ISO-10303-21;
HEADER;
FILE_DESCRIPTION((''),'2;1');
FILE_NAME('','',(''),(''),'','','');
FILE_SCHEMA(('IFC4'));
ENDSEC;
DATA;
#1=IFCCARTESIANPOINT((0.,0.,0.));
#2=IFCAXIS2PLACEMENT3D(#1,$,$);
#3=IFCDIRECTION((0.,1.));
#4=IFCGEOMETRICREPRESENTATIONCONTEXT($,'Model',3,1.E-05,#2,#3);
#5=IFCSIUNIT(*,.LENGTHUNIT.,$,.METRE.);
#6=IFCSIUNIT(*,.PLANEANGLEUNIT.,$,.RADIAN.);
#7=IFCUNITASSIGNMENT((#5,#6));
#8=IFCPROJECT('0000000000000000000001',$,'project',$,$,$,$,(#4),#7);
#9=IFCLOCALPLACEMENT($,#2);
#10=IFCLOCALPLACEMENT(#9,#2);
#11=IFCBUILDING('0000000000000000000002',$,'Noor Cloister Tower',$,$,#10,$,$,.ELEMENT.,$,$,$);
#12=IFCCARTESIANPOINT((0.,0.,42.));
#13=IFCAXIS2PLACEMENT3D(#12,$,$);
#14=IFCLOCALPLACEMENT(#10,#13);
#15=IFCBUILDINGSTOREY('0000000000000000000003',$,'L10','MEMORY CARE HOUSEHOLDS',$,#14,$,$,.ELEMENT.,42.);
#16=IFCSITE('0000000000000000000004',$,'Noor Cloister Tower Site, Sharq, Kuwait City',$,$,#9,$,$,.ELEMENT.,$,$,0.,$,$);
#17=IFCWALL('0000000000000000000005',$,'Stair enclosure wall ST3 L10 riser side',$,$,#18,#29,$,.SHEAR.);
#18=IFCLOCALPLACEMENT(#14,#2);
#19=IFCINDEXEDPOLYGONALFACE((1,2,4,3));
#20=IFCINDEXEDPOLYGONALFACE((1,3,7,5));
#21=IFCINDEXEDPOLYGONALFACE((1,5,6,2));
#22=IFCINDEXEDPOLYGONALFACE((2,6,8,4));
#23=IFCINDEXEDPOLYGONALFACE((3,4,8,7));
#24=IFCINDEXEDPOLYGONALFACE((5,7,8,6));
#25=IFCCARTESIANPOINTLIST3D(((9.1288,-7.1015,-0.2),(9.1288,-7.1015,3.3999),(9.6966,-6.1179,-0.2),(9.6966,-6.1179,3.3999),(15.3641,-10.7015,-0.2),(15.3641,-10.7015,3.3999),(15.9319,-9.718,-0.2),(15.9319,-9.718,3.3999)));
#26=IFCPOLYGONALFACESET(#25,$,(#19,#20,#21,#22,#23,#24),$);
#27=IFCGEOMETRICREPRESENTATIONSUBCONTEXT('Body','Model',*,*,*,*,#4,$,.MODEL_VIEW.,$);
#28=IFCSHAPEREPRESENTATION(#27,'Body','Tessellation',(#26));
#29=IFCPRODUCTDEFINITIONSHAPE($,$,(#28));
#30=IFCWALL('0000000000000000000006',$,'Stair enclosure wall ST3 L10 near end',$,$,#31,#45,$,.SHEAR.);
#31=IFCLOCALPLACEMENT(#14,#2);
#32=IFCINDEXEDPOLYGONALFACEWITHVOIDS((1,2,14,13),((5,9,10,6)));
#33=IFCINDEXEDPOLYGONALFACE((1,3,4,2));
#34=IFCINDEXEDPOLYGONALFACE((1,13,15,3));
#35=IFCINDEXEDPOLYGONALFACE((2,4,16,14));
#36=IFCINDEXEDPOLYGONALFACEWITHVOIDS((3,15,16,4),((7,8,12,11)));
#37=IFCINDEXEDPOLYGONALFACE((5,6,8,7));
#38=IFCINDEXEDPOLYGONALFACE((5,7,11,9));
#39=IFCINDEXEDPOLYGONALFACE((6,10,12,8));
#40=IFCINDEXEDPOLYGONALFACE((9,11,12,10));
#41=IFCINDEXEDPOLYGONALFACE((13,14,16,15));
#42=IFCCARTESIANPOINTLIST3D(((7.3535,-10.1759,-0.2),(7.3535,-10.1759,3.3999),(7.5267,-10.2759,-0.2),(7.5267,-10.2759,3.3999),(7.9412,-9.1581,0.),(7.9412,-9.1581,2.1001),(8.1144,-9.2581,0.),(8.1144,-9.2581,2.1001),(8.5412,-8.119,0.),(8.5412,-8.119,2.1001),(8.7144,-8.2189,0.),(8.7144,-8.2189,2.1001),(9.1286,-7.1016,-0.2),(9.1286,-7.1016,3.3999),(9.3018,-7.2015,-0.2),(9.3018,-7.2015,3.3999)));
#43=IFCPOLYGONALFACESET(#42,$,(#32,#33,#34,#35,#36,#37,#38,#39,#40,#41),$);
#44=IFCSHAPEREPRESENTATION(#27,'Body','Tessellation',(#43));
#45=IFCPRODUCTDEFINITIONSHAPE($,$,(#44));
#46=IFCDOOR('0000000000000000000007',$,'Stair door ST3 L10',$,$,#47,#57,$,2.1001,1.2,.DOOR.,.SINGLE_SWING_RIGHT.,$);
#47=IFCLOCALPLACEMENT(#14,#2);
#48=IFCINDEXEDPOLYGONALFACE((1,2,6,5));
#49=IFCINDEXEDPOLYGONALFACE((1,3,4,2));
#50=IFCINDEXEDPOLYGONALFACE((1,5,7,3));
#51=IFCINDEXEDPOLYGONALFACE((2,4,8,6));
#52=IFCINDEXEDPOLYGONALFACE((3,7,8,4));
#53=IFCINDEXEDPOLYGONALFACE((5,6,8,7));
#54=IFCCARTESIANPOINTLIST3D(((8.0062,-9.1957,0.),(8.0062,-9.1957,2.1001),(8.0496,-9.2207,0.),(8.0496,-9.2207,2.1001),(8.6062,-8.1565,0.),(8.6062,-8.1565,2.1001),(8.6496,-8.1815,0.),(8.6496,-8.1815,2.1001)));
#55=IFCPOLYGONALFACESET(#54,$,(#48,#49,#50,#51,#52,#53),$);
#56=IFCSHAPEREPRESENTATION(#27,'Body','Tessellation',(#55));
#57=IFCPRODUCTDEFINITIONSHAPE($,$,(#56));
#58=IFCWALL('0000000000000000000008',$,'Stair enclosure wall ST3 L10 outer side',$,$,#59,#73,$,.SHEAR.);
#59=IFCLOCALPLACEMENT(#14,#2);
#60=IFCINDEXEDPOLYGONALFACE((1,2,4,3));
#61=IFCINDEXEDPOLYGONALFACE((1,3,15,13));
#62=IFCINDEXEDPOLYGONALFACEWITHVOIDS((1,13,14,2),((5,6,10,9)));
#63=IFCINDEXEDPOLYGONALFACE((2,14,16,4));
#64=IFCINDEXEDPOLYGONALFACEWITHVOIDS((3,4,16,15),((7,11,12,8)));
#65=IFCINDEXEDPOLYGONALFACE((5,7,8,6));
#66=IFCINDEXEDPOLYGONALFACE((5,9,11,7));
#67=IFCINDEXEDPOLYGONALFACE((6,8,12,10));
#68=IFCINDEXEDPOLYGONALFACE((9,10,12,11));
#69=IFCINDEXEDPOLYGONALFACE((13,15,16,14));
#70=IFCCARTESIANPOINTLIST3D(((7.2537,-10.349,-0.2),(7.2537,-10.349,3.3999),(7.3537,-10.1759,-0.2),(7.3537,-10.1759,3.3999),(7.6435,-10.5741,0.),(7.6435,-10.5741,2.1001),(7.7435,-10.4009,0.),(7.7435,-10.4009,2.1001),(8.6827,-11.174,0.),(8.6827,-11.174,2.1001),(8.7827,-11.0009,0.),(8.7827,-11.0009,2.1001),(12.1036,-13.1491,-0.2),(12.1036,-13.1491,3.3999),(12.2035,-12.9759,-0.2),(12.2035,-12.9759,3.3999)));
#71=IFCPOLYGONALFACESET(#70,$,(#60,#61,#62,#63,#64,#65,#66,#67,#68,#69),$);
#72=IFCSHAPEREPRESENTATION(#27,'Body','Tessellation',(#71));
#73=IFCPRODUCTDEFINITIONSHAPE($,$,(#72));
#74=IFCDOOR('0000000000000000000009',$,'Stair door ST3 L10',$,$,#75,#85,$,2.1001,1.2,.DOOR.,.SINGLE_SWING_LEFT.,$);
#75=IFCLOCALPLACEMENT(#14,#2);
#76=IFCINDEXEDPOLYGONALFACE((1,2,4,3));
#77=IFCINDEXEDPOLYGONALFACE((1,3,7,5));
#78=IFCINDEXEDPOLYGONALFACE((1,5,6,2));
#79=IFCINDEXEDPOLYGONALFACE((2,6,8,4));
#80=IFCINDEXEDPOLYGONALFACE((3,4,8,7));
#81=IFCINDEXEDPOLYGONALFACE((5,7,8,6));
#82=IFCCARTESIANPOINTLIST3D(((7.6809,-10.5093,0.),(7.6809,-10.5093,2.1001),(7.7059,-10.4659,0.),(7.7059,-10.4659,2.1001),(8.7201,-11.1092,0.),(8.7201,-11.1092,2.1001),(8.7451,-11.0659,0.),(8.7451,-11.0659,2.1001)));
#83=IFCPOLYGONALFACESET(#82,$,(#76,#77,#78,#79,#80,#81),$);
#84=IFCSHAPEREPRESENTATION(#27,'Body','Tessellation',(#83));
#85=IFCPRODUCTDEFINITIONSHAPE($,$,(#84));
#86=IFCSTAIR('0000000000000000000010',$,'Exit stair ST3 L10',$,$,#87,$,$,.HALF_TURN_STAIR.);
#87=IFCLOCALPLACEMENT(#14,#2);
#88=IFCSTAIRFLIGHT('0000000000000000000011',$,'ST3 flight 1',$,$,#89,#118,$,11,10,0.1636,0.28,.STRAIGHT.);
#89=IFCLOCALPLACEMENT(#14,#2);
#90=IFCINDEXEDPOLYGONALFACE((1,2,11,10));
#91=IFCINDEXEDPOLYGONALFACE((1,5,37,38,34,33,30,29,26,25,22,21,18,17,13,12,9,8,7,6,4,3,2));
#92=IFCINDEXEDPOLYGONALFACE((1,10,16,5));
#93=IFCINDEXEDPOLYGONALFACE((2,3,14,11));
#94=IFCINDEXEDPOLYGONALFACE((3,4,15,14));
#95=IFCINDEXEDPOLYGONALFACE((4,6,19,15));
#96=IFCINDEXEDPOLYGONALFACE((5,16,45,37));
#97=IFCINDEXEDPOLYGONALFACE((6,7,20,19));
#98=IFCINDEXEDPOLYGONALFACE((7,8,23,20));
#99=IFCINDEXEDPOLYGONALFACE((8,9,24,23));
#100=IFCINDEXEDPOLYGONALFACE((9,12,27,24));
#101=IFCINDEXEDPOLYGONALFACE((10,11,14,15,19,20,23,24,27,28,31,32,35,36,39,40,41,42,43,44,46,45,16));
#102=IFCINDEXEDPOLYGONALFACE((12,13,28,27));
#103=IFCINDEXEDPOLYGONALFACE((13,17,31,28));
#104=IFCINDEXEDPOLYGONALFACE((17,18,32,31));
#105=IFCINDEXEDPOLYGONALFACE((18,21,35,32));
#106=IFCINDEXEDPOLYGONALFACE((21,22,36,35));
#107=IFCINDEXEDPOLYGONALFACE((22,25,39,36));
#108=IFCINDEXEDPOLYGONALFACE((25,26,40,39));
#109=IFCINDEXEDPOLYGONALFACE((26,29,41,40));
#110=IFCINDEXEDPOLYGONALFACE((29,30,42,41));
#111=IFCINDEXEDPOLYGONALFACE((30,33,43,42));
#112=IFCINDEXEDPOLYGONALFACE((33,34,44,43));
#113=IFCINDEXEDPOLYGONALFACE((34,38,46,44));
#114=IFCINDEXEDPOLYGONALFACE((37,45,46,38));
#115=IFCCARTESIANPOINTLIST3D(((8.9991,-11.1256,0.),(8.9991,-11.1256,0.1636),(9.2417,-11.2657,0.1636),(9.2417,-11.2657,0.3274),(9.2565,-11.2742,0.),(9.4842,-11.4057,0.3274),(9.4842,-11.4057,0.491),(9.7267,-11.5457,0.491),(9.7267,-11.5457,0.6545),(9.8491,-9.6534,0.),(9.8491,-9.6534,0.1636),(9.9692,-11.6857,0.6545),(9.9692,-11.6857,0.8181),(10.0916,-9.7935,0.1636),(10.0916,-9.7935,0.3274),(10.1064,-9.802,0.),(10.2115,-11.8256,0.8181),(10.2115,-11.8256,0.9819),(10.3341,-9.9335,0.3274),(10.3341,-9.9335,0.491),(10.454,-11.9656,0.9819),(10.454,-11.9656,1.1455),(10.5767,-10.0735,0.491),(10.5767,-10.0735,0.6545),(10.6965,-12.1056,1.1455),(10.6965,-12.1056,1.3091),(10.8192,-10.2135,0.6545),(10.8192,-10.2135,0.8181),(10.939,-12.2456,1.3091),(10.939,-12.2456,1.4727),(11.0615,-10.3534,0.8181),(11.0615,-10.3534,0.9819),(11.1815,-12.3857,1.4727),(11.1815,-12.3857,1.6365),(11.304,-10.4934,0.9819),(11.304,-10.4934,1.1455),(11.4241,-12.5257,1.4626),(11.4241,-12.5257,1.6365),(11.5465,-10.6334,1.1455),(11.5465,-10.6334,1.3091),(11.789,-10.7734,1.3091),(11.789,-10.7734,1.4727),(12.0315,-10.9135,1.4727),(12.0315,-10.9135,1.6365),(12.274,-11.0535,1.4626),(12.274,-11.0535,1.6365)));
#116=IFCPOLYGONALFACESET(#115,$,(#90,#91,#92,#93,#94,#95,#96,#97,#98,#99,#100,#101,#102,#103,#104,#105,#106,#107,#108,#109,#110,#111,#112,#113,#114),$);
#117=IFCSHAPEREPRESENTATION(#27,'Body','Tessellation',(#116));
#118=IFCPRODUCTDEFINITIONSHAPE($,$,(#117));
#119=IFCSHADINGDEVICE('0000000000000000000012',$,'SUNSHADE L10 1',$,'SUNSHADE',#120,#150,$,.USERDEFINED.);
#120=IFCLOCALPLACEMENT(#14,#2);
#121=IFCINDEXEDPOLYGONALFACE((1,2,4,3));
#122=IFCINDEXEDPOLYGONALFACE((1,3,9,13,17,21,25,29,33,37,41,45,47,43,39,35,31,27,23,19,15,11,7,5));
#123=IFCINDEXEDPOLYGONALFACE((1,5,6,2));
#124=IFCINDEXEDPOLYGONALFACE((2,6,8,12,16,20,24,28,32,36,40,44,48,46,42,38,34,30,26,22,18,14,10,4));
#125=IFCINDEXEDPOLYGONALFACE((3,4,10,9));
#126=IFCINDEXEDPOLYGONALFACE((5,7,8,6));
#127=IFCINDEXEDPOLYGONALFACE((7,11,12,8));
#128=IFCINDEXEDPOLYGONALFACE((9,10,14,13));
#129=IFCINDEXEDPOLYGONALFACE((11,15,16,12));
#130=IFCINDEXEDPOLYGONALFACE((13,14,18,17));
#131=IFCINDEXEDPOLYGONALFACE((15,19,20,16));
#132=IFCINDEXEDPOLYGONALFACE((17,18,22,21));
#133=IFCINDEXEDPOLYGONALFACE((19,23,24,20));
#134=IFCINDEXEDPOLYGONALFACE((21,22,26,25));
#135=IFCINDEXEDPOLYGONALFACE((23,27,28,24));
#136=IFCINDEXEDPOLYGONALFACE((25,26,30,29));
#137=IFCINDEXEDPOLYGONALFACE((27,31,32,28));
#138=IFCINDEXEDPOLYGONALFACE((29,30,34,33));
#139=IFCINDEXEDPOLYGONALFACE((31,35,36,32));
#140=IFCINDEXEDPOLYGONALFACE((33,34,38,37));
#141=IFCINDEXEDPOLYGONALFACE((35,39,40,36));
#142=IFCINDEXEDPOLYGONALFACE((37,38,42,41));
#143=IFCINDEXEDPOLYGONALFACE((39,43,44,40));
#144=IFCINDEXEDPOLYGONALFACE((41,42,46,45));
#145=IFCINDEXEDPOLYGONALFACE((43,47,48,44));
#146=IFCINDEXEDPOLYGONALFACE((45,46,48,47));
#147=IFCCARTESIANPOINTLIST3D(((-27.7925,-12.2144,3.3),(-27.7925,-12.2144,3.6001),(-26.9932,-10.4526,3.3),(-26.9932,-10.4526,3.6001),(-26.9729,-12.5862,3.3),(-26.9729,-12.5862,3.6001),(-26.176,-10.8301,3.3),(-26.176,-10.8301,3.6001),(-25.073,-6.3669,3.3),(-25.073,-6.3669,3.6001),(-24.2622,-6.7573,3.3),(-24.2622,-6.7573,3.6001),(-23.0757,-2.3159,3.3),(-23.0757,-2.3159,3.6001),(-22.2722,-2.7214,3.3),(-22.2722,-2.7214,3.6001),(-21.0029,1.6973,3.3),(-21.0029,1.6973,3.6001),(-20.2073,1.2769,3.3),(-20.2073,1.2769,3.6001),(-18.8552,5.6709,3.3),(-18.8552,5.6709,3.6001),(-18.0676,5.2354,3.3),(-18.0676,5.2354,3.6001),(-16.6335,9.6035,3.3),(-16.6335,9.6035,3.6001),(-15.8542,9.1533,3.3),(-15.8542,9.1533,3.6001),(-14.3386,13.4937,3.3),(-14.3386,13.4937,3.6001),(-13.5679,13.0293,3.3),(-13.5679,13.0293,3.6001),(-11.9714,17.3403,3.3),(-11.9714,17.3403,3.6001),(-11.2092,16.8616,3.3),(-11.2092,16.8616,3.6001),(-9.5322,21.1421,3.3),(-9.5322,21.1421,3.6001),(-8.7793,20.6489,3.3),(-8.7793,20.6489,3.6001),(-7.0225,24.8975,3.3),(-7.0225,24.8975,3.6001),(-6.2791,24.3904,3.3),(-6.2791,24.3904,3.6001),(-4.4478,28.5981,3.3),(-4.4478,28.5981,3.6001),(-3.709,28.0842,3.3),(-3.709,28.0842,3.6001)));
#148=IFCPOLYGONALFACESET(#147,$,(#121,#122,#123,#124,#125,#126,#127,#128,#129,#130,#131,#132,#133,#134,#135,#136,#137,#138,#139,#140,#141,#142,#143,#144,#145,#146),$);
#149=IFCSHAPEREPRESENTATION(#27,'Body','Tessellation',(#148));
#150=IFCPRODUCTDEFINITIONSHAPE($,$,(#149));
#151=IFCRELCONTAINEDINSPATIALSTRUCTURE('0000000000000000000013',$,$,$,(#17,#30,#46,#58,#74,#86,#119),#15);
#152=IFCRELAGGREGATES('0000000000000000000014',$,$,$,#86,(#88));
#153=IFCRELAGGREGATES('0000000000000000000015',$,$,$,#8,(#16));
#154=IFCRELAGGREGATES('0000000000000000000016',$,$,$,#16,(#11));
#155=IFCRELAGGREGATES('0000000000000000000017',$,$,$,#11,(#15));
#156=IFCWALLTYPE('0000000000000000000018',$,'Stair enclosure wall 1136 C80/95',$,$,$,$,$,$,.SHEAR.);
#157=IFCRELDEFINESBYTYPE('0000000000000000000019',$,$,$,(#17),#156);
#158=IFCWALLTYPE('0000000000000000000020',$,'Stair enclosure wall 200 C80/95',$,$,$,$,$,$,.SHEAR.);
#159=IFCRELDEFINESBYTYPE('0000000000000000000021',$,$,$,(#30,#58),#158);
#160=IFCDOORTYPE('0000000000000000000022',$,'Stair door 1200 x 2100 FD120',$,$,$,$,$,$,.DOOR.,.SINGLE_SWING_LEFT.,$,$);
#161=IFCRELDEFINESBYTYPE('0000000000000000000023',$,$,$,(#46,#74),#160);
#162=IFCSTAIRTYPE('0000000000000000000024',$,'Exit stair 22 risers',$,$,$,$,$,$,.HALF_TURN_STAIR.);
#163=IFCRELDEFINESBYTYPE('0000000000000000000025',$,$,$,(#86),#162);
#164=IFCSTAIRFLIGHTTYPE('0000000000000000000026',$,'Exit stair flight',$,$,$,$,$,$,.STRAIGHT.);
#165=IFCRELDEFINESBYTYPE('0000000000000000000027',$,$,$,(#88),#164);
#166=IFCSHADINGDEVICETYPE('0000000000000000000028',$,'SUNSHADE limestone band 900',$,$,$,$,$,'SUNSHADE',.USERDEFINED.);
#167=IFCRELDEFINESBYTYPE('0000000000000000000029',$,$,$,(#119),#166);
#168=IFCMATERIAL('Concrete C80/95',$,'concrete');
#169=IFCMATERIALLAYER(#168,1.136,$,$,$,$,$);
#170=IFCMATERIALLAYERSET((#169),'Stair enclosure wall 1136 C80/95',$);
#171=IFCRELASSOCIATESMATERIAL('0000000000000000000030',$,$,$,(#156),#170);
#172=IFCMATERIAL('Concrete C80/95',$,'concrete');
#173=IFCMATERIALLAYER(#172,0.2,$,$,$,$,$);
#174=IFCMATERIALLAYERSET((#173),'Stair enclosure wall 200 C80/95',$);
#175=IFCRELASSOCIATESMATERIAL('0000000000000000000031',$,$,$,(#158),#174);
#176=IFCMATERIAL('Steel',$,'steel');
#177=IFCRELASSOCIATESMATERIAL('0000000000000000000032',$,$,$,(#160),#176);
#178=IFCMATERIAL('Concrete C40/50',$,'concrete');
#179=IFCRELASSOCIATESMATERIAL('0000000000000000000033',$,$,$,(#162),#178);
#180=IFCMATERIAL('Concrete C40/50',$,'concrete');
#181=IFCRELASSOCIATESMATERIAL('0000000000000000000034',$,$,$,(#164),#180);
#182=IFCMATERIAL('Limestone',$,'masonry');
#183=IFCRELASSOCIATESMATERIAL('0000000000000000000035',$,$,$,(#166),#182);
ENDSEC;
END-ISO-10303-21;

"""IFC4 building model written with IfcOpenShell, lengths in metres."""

from ifc_helpers import new_model, si_unit, direction, frame, frame_2d, origin, place, context, subcontext, project, spatial, polyline, rectangle, outline, extrude, material, layer, layer_set, type_object, element, fill, aggregate, save


model = new_model("IFC4")

# Units and contexts
model_context = context("Model", 3, precision=1e-05, world=origin(), true_north=direction((0.0, 1.0)))
body_context = subcontext(model_context, "Body", "Model", "MODEL_VIEW")
ifc_project = project(units=[si_unit("LENGTHUNIT", "METRE"), si_unit("PLANEANGLEUNIT", "RADIAN")], contexts=[model_context])

# Site, building, storey
site_placement = place(None, origin())
site = spatial("IfcSite", under=ifc_project, at=site_placement, Name="Noor Cloister Tower Site, Sharq, Kuwait City", CompositionType="ELEMENT", RefElevation=0.0)
building_placement = place(site_placement, origin())
building = spatial("IfcBuilding", under=site, at=building_placement, Name="Noor Cloister Tower", CompositionType="ELEMENT")
storey_placement = place(building_placement, frame((0.0, 0.0, 42.0)))
storey = spatial("IfcBuildingStorey", under=building, at=storey_placement, Name="L10", Description="MEMORY CARE HOUSEHOLDS", CompositionType="ELEMENT", Elevation=42.0)

# Wall
ifc_material_1 = material(Name="Concrete C80/95", Category="concrete")
ifc_layer_1 = layer(ifc_material_1, 1.136)
ifc_layer_set_1 = layer_set([ifc_layer_1], Name="Stair enclosure wall 1136 C80/95")
wall_type_1 = type_object("IfcWallType", Name="Stair enclosure wall 1136 C80/95", PredefinedType="SHEAR", material=ifc_layer_set_1)
wall_1_placement = place(storey_placement, frame((9.4126, -6.6096, -0.2), z_axis=(0.0, 0.0, 1.0), x_axis=(0.866018, -0.500012, 0.0)))
element("IfcWall", 1, at=wall_1_placement, inside=storey, type_object=wall_type_1, Name="Stair enclosure wall ST3 L10 riser side", PredefinedType="SHEAR", context=body_context, shape_type="SweptSolid", body=[
    extrude(rectangle(XDim=7.2, YDim=1.1357, at=frame_2d((3.6001, 0.0))), origin(), (0.0, 0.0, 1.0), 3.5999),
])

# Walls, openings, doors
ifc_material_2 = material(Name="Concrete C80/95", Category="concrete")
ifc_layer_2 = layer(ifc_material_2, 0.2)
ifc_layer_set_2 = layer_set([ifc_layer_2], Name="Stair enclosure wall 200 C80/95")
wall_type_2 = type_object("IfcWallType", Name="Stair enclosure wall 200 C80/95", PredefinedType="SHEAR", material=ifc_layer_set_2)
wall_2_placement = place(storey_placement, frame((7.4402, -10.2258, -0.2), z_axis=(0.0, 0.0, 1.0), x_axis=(0.500022, 0.866013, 0.0)))
wall_2 = element("IfcWall", 2, at=wall_2_placement, inside=storey, type_object=wall_type_2, Name="Stair enclosure wall ST3 L10 near end", PredefinedType="SHEAR", context=body_context, shape_type="SweptSolid", body=[
    extrude(rectangle(XDim=3.55, YDim=0.2, at=frame_2d((1.7749, 0.0))), origin(), (0.0, 0.0, 1.0), 3.5999),
])
opening_1_placement = place(wall_2_placement, frame((1.175, 0.0, 0.2)))
opening_1 = element("IfcOpeningElement", 3, at=opening_1_placement, cuts=wall_2, PredefinedType="OPENING", context=body_context, shape_type="SweptSolid", body=[
    extrude(rectangle(XDim=1.2, YDim=2.1001, at=frame_2d((0.6001, 1.05))), frame((0.0, 0.1099, 0.0), z_axis=(0.0, -1.0, 0.0), x_axis=(1.0, 0.0, 0.0)), (0.0, 0.0, 1.0), 0.22),
])
ifc_material_3 = material(Name="Steel", Category="steel")
door_type_1 = type_object("IfcDoorType", Name="Stair door 1200 x 2100 FD120", OperationType="SINGLE_SWING_LEFT", PredefinedType="DOOR", material=ifc_material_3)
door_1_placement = place(opening_1_placement, origin())
door_1 = element("IfcDoor", 4, at=door_1_placement, inside=storey, type_object=door_type_1, Name="Stair door ST3 L10", OperationType="SINGLE_SWING_RIGHT", OverallHeight=2.1001, OverallWidth=1.2, PredefinedType="DOOR", context=body_context, shape_type="SweptSolid", body=[
    extrude(rectangle(XDim=1.2, YDim=2.1001, at=frame_2d((0.6001, 1.05))), frame((0.0, 0.0249, 0.0), z_axis=(0.0, -1.0, 0.0), x_axis=(1.0, 0.0, 0.0)), (0.0, 0.0, 1.0), 0.05),
])
fill(opening_1, door_1)
wall_3_placement = place(storey_placement, frame((7.3037, -10.2625, -0.2), z_axis=(0.0, 0.0, 1.0), x_axis=(0.866027, -0.499998, 0.0)))
wall_3 = element("IfcWall", 5, at=wall_3_placement, inside=storey, type_object=wall_type_2, Name="Stair enclosure wall ST3 L10 outer side", PredefinedType="SHEAR", context=body_context, shape_type="SweptSolid", body=[
    extrude(rectangle(XDim=5.6001, YDim=0.2, at=frame_2d((2.8, 0.0))), origin(), (0.0, 0.0, 1.0), 3.5999),
])
opening_2_placement = place(wall_3_placement, frame((0.45, 0.0, 0.2)))
opening_2 = element("IfcOpeningElement", 6, at=opening_2_placement, cuts=wall_3, PredefinedType="OPENING", context=body_context, shape_type="SweptSolid", body=[
    extrude(rectangle(XDim=1.2, YDim=2.1001, at=frame_2d((0.6001, 1.05))), frame((0.0, 0.1099, 0.0), z_axis=(0.0, -1.0, 0.0), x_axis=(1.0, 0.0, 0.0)), (0.0, 0.0, 1.0), 0.22),
])
door_2_placement = place(opening_2_placement, origin())
door_2 = element("IfcDoor", 7, at=door_2_placement, inside=storey, type_object=door_type_1, Name="Stair door ST3 L10", OperationType="SINGLE_SWING_LEFT", OverallHeight=2.1001, OverallWidth=1.2, PredefinedType="DOOR", context=body_context, shape_type="SweptSolid", body=[
    extrude(rectangle(XDim=1.2, YDim=2.1001, at=frame_2d((0.6001, 1.05))), frame((0.0, 0.0249, 0.0), z_axis=(0.0, -1.0, 0.0), x_axis=(1.0, 0.0, 0.0)), (0.0, 0.0, 1.0), 0.05),
])
fill(opening_2, door_2)

# Stair, stair flight
ifc_material_4 = material(Name="Concrete C40/50", Category="concrete")
stair_type = type_object("IfcStairType", Name="Exit stair 22 risers", PredefinedType="HALF_TURN_STAIR", material=ifc_material_4)
stair_placement = place(storey_placement, origin())
stair = element("IfcStair", 8, at=stair_placement, inside=storey, type_object=stair_type, Name="Exit stair ST3 L10", PredefinedType="HALF_TURN_STAIR")
ifc_material_5 = material(Name="Concrete C40/50", Category="concrete")
stair_flight_type = type_object("IfcStairFlightType", Name="Exit stair flight", PredefinedType="STRAIGHT", material=ifc_material_5)
stair_flight_placement = place(storey_placement, frame((9.4241, -10.3896, 0.0), z_axis=(0.0, 0.0, 1.0), x_axis=(0.866025, -0.5, 0.0)))
stair_flight = element("IfcStairFlight", 9, at=stair_flight_placement, type_object=stair_flight_type, Name="ST3 flight 1", NumberOfRisers=11, NumberOfTreads=10, PredefinedType="STRAIGHT", RiserHeight=0.1636, TreadLength=0.28, context=body_context, shape_type="SweptSolid", body=[
    extrude(outline(polyline([(0.0, 0.0), (0.0, 0.1636), (0.28, 0.1636), (0.28, 0.3274), (0.5601, 0.3274), (0.5601, 0.491), (0.8401, 0.491), (0.8401, 0.6545), (1.1201, 0.6545), (1.1201, 0.8181), (1.3999, 0.8181), (1.3999, 0.9819), (1.6799, 0.9819), (1.6799, 1.1455), (1.96, 1.1455), (1.96, 1.3091), (2.24, 1.3091), (2.24, 1.4727), (2.52, 1.4727), (2.52, 1.6365), (2.8, 1.6365), (2.8, 1.8), (2.8, 1.4626), (0.2971, 0.0), (0.0, 0.0)])), frame((0.0, 0.8501, 0.0), z_axis=(0.0, -1.0, 0.0), x_axis=(1.0, 0.0, 0.0)), (0.0, 0.0, 1.0), 1.7),
])
aggregate(stair, [stair_flight])

# Shading device
ifc_material_6 = material(Name="Limestone", Category="masonry")
shading_device_type = type_object("IfcShadingDeviceType", Name="SUNSHADE limestone band 900", ElementType="SUNSHADE", PredefinedType="USERDEFINED", material=ifc_material_6)
shading_device_placement = place(storey_placement, frame((0.0, 0.0, 3.3)))
element("IfcShadingDevice", 10, at=shading_device_placement, inside=storey, type_object=shading_device_type, Name="SUNSHADE L10 1", ObjectType="SUNSHADE", PredefinedType="USERDEFINED", context=body_context, shape_type="SweptSolid", body=[
    extrude(outline(polyline([(-4.4478, 28.5981), (-7.0225, 24.8975), (-9.5322, 21.1421), (-11.9714, 17.3403), (-14.3386, 13.4937), (-16.6335, 9.6035), (-18.8552, 5.6709), (-21.0029, 1.6973), (-23.0757, -2.3159), (-25.073, -6.3669), (-26.9932, -10.4526), (-27.7925, -12.2144), (-26.9729, -12.5862), (-26.176, -10.8301), (-24.2622, -6.7573), (-22.2722, -2.7214), (-20.2073, 1.2769), (-18.0676, 5.2354), (-15.8542, 9.1533), (-13.5679, 13.0293), (-11.2092, 16.8616), (-8.7793, 20.6489), (-6.2791, 24.3904), (-3.709, 28.0842), (-4.4478, 28.5981)])), origin(), (0.0, 0.0, 1.0), 0.3),
])

save(model, "model.ifc")
